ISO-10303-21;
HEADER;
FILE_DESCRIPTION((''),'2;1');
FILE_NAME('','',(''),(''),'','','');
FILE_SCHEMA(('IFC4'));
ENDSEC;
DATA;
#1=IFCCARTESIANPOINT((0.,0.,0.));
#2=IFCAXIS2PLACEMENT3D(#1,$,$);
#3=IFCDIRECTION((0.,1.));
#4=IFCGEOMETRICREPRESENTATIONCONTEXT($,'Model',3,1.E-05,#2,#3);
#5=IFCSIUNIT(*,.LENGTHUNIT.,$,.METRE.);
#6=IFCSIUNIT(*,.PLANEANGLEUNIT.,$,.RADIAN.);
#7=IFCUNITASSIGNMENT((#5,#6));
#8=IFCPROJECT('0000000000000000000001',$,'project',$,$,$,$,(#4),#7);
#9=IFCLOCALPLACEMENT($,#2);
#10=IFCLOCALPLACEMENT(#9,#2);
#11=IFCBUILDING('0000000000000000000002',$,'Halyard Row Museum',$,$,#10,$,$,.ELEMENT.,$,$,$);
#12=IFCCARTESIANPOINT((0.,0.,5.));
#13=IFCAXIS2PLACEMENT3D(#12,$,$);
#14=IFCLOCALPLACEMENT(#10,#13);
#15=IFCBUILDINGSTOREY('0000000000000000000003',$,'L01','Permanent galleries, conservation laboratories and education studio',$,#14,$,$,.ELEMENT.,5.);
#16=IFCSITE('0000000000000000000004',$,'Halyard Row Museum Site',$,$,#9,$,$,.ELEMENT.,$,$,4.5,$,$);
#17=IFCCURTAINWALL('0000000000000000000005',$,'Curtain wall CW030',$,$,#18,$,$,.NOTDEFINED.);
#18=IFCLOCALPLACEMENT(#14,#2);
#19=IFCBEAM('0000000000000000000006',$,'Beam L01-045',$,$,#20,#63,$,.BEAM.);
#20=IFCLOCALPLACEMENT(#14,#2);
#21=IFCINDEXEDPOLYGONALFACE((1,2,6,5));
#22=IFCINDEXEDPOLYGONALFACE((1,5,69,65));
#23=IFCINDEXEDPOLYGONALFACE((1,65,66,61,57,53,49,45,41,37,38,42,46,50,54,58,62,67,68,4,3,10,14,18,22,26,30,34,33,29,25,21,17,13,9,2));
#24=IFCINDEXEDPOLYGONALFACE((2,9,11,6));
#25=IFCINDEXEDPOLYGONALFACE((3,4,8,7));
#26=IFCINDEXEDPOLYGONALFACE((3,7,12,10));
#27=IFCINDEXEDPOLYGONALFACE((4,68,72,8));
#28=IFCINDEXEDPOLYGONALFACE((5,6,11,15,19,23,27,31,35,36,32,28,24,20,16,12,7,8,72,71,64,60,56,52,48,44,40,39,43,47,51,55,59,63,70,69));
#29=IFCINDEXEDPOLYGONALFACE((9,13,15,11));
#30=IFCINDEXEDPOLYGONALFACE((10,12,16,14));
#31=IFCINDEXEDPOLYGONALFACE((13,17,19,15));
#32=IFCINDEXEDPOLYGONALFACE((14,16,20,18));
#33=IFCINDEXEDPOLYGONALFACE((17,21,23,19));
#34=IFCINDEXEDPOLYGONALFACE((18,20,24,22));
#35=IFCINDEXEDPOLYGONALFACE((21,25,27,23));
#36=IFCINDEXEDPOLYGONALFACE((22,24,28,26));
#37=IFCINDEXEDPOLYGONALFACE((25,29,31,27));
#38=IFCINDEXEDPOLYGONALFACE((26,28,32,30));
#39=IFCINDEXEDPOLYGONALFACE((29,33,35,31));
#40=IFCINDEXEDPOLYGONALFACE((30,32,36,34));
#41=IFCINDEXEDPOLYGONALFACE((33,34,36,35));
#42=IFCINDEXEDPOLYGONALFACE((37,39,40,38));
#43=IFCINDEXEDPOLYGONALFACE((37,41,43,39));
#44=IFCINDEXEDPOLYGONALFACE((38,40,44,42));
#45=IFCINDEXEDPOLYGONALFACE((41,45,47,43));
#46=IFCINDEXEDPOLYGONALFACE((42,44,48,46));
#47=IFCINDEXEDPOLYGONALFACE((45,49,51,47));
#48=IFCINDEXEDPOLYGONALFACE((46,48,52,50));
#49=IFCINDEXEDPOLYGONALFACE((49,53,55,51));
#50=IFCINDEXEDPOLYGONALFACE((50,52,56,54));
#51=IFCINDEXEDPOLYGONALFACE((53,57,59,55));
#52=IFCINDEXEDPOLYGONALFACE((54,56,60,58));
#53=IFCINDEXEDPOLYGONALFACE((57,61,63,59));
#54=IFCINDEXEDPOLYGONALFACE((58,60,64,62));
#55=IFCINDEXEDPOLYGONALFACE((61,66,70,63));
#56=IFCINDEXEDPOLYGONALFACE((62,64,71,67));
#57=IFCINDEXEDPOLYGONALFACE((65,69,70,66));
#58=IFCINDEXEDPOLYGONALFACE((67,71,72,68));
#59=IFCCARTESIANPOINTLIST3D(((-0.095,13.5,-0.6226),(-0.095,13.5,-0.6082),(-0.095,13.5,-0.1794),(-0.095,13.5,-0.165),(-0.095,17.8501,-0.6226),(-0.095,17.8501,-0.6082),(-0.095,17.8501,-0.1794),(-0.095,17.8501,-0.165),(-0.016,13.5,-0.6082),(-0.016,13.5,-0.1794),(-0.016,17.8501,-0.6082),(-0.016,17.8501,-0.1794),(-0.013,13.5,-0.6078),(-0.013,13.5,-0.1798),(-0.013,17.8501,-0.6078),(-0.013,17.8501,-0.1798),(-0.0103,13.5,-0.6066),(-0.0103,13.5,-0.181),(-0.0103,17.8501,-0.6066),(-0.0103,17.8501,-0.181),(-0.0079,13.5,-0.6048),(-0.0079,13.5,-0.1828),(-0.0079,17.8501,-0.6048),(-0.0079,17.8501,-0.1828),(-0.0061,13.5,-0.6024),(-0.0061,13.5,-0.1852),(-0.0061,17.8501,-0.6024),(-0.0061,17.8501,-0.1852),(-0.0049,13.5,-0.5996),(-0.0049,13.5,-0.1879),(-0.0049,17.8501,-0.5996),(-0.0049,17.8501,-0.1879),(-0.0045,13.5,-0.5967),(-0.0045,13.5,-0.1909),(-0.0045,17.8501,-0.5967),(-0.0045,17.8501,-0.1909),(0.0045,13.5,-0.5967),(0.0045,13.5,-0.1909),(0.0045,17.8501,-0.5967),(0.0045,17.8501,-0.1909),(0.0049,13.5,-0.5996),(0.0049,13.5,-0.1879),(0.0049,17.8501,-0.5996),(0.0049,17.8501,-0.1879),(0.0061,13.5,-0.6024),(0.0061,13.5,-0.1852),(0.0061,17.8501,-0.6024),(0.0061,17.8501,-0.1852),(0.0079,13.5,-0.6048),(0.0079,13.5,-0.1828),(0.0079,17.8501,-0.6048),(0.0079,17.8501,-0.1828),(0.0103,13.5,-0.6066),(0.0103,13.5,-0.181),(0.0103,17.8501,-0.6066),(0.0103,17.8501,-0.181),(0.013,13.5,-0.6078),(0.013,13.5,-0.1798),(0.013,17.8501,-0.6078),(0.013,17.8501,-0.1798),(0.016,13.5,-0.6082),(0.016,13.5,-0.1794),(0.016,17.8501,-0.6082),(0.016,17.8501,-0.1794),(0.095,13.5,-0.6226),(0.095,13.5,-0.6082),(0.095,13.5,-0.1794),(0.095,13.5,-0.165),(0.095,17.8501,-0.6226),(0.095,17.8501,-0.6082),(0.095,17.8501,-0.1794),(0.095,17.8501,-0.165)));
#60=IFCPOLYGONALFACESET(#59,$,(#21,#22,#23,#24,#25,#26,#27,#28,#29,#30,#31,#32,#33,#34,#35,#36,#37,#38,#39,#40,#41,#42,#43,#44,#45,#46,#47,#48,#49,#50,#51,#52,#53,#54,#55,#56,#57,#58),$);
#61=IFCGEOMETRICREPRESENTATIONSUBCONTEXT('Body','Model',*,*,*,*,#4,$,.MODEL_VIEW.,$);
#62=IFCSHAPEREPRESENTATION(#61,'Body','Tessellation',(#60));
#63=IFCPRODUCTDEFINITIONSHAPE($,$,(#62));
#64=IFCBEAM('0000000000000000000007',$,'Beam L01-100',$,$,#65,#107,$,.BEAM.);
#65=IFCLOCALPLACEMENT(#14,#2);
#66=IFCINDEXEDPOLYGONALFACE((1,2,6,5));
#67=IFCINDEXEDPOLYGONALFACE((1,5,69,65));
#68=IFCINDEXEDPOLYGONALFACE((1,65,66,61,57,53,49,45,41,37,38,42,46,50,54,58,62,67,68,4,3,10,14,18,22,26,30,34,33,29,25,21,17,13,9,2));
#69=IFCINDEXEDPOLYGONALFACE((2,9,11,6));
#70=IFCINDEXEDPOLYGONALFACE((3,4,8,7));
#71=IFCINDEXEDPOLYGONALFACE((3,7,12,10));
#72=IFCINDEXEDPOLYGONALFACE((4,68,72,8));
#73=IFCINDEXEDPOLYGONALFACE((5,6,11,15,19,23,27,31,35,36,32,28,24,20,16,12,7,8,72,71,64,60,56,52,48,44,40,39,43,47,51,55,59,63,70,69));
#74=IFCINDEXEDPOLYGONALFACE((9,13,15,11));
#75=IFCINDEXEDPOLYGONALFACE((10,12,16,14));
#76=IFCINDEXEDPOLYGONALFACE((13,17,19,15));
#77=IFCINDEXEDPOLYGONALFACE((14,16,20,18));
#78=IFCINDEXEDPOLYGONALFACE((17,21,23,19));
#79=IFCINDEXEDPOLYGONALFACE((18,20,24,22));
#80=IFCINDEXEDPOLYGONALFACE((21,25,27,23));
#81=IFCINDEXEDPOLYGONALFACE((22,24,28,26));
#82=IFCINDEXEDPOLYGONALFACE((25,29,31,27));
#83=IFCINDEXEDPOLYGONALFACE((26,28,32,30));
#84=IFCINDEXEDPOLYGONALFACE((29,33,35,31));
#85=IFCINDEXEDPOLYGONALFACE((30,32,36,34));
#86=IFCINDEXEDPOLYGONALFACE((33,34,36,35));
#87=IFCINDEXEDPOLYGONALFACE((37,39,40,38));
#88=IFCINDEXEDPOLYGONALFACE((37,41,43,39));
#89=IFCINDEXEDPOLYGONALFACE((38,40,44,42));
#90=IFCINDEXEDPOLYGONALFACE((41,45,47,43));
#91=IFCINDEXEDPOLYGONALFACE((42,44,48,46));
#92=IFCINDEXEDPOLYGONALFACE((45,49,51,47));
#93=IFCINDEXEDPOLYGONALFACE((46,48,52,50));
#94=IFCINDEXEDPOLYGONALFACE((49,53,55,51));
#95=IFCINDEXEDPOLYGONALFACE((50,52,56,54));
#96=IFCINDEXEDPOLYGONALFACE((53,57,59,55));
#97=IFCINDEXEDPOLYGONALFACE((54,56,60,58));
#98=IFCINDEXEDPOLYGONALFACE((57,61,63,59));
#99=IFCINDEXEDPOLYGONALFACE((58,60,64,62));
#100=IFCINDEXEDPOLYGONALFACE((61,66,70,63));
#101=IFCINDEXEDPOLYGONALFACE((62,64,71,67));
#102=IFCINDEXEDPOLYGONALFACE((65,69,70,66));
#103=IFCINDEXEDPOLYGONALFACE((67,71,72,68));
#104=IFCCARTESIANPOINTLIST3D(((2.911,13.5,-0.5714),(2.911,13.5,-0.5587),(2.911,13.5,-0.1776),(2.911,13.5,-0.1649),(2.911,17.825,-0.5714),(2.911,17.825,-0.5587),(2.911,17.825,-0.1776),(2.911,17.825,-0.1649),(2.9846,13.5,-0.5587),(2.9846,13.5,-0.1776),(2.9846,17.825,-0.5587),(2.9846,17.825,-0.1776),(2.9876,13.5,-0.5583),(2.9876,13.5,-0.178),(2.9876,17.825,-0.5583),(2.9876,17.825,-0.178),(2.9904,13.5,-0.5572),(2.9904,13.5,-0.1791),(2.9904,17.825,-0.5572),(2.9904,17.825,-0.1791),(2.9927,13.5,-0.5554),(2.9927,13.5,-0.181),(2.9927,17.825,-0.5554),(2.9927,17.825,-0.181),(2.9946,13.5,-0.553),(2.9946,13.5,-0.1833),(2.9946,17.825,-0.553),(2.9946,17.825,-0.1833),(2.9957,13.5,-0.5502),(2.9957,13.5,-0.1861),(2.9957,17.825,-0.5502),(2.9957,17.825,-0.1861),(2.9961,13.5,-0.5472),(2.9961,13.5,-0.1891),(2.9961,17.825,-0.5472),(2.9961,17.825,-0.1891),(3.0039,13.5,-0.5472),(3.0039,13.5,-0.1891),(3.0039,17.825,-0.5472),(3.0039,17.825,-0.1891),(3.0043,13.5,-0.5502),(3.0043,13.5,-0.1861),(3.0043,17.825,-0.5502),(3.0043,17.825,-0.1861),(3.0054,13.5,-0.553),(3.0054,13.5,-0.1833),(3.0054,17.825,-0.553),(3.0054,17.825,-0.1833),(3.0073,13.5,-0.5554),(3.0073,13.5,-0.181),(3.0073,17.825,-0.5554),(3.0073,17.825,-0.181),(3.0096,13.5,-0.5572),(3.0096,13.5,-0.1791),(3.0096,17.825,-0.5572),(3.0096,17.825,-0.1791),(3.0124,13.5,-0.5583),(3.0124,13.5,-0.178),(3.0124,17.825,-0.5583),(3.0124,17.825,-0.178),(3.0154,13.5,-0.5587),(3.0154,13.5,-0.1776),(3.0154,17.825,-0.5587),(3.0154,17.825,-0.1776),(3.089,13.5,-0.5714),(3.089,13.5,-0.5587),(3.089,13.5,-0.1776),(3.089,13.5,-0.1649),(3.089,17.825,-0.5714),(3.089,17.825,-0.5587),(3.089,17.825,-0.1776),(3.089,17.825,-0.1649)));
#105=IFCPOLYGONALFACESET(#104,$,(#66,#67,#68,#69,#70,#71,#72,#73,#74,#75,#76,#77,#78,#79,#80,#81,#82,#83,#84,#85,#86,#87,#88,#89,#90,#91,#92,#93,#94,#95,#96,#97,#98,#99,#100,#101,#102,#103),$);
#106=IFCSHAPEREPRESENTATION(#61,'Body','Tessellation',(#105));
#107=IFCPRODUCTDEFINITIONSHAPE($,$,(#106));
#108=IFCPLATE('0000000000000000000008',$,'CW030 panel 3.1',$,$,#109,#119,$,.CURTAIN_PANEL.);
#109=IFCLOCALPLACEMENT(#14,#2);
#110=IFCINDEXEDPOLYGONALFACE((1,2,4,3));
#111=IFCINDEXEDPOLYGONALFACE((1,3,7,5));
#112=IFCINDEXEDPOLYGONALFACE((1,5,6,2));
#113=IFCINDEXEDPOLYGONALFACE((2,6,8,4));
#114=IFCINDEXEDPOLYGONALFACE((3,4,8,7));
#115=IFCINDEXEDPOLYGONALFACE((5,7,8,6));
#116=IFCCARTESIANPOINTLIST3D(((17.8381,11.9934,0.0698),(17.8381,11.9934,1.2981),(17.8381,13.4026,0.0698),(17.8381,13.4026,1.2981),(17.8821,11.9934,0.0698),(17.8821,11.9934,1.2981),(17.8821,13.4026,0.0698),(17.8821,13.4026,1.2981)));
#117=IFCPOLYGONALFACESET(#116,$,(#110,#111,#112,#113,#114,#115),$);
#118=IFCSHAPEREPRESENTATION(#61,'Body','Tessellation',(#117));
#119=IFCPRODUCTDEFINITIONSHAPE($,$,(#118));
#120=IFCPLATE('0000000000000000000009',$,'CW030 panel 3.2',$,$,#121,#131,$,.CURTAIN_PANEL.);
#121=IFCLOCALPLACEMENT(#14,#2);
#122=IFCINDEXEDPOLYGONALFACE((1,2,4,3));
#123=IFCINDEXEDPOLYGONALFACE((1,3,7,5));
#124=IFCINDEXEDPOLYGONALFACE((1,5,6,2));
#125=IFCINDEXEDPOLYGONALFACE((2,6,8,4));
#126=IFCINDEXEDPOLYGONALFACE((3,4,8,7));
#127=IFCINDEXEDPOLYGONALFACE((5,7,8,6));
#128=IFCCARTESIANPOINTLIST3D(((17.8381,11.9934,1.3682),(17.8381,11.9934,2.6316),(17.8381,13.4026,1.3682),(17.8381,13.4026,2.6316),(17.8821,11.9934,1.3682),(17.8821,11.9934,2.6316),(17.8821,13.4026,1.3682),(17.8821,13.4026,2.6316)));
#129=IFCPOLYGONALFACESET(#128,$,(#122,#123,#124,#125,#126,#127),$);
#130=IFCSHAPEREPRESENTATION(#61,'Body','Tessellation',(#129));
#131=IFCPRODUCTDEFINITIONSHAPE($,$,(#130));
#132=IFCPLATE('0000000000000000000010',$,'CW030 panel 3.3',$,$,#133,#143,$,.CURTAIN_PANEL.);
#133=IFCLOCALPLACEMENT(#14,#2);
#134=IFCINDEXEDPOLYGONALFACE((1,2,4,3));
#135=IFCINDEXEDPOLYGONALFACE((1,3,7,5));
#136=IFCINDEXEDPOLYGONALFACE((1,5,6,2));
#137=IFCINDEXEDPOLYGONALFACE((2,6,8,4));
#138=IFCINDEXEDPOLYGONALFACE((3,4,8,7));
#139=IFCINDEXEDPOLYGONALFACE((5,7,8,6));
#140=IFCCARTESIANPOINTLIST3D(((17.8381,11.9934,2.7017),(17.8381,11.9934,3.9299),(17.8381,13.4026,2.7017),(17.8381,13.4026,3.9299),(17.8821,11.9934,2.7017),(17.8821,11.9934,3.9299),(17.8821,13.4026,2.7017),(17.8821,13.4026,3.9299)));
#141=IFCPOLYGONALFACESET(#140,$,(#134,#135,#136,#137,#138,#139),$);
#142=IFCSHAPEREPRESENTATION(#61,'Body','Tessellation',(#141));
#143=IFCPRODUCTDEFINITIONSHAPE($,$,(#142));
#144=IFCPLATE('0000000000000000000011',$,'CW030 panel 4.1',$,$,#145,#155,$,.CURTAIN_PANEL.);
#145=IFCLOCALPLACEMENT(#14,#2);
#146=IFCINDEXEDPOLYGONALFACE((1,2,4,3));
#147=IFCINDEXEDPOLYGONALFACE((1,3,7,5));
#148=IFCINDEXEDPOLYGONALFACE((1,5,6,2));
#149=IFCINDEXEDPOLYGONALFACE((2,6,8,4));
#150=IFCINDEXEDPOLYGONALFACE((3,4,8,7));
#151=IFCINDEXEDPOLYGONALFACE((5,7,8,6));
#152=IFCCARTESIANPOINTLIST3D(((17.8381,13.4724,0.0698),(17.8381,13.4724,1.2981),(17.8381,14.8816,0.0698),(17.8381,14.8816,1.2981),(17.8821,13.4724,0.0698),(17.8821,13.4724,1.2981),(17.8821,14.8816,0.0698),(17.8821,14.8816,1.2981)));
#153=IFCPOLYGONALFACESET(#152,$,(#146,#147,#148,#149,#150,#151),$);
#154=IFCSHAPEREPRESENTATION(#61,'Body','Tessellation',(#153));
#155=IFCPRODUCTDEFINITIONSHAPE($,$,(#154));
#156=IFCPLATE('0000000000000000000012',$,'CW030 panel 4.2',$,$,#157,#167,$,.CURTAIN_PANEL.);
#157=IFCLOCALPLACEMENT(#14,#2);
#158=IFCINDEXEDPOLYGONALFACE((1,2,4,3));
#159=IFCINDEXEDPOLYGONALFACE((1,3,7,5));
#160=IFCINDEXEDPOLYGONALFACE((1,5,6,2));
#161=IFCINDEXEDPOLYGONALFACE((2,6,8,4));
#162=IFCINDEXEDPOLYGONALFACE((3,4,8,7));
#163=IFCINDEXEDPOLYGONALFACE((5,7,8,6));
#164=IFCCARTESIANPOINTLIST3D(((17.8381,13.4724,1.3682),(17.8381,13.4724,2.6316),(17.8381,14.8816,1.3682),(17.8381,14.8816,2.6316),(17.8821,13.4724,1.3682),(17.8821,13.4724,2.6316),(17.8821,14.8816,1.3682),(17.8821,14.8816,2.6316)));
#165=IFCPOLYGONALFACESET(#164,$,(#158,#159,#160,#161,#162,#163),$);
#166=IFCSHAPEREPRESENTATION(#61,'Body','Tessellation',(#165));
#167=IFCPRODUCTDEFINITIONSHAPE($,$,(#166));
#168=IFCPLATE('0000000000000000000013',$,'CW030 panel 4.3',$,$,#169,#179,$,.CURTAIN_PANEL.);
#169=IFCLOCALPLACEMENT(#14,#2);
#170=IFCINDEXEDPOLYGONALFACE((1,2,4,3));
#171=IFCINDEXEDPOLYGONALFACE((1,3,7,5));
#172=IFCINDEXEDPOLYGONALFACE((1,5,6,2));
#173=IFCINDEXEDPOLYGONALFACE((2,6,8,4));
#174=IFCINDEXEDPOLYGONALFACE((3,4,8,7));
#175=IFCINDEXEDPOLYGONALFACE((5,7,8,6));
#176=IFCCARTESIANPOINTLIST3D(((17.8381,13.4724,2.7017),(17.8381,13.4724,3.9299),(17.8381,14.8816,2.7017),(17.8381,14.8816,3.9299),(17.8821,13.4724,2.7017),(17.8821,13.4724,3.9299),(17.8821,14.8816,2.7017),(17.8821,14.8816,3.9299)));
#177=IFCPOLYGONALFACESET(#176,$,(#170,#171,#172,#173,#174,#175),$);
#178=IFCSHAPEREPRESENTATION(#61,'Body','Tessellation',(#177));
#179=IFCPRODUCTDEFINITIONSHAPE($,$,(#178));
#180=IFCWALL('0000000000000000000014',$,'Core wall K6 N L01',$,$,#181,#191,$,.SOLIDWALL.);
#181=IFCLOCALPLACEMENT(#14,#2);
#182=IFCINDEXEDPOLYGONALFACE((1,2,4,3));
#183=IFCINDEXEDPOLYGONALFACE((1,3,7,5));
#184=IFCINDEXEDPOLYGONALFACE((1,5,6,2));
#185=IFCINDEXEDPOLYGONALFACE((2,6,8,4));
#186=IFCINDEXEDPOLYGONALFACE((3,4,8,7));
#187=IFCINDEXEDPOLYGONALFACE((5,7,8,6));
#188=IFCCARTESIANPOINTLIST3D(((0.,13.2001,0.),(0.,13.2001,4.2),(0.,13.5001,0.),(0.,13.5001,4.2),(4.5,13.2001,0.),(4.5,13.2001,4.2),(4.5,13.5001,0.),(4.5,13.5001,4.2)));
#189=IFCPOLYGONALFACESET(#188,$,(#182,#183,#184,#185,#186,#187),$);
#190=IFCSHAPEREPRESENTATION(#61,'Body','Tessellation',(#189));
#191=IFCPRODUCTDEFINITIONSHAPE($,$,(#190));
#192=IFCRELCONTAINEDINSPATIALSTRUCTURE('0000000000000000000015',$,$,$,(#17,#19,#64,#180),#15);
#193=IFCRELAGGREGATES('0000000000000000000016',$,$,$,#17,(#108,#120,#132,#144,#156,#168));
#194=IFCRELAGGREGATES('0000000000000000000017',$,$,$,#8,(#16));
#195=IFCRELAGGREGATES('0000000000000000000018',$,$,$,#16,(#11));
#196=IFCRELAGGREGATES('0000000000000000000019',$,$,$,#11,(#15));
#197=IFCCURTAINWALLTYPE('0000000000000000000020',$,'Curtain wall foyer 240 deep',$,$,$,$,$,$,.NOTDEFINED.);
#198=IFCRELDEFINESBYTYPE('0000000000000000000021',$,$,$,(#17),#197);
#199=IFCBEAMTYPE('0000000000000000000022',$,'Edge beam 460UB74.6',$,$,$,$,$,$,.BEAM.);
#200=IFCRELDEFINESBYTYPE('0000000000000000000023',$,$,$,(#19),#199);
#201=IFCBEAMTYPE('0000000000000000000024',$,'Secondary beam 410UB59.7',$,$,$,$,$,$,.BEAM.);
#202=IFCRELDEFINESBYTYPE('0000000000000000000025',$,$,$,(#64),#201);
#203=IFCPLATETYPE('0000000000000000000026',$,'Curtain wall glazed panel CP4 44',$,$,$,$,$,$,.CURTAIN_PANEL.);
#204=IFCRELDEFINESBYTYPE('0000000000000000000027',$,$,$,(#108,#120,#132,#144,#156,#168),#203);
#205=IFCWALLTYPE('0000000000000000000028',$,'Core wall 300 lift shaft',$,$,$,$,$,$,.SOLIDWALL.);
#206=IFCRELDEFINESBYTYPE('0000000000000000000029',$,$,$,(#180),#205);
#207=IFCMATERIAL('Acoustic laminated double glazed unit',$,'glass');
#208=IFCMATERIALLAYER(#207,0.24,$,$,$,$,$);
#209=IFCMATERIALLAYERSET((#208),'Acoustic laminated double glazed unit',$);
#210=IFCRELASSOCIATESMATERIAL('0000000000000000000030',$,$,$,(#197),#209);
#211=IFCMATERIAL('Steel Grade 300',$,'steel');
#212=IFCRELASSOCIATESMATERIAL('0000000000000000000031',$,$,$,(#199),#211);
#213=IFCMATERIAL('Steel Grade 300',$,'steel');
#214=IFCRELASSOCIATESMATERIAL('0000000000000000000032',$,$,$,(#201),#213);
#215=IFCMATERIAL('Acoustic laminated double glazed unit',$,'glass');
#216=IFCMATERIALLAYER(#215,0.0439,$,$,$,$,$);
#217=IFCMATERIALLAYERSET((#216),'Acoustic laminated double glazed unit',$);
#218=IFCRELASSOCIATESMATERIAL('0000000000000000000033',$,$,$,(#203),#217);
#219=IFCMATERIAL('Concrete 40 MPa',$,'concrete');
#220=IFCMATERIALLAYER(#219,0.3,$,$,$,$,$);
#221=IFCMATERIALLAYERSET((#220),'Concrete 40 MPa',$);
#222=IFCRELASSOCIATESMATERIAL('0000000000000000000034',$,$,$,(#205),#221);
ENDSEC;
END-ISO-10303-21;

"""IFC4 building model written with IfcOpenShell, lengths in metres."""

from ifc_helpers import new_model, si_unit, direction, frame, frame_2d, origin, origin_2d, place, context, subcontext, project, spatial, rectangle, i_section, extrude, material, layer, layer_set, material_profile, profile_set, type_object, element, aggregate, save


model = new_model("IFC4")

# Units and contexts
model_context = context("Model", 3, precision=1e-05, world=origin(), true_north=direction((0.0, 1.0)))
body_context = subcontext(model_context, "Body", "Model", "MODEL_VIEW")
ifc_project = project(units=[si_unit("LENGTHUNIT", "METRE"), si_unit("PLANEANGLEUNIT", "RADIAN")], contexts=[model_context])

# Site, building, storey
site_placement = place(None, origin())
site = spatial("IfcSite", under=ifc_project, at=site_placement, Name="Halyard Row Museum Site", CompositionType="ELEMENT", RefElevation=4.5)
building_placement = place(site_placement, origin())
building = spatial("IfcBuilding", under=site, at=building_placement, Name="Halyard Row Museum", CompositionType="ELEMENT")
storey_placement = place(building_placement, frame((0.0, 0.0, 5.0)))
storey = spatial("IfcBuildingStorey", under=building, at=storey_placement, Name="L01", Description="Permanent galleries, conservation laboratories and education studio", CompositionType="ELEMENT", Elevation=5.0)

# Curtain wall
ifc_material_1 = material(Name="Acoustic laminated double glazed unit", Category="glass")
ifc_layer_1 = layer(ifc_material_1, 0.24)
ifc_layer_set_1 = layer_set([ifc_layer_1], Name="Acoustic laminated double glazed unit")
curtain_wall_type = type_object("IfcCurtainWallType", Name="Curtain wall foyer 240 deep", PredefinedType="NOTDEFINED", material=ifc_layer_set_1)
curtain_wall_placement = place(storey_placement, origin())
curtain_wall = element("IfcCurtainWall", 1, at=curtain_wall_placement, inside=storey, type_object=curtain_wall_type, Name="Curtain wall CW030", PredefinedType="NOTDEFINED")

# Beams
ifc_material_2 = material(Name="Steel Grade 300", Category="steel")
ifc_material_profile_1 = material_profile(ifc_material_2, i_section(OverallWidth=0.1899, OverallDepth=0.4575, WebThickness=0.009, FlangeThickness=0.0144, FilletRadius=0.0115, at=origin_2d()), Name="460UB74.6")
ifc_profile_set_1 = profile_set([ifc_material_profile_1], Name="Steel Grade 300")
beam_type_1 = type_object("IfcBeamType", Name="Edge beam 460UB74.6", PredefinedType="BEAM", material=ifc_profile_set_1)
beam_1_placement = place(storey_placement, frame((0.0, 13.5, -0.3938), z_axis=(0.0, 1.0, 0.0), x_axis=(-1.0, 0.0, 0.0)))
element("IfcBeam", 2, at=beam_1_placement, inside=storey, type_object=beam_type_1, Name="Beam L01-045", PredefinedType="BEAM", context=body_context, shape_type="SweptSolid", body=[
    extrude(i_section(OverallWidth=0.1899, OverallDepth=0.4575, WebThickness=0.009, FlangeThickness=0.0144, FilletRadius=0.0115, at=origin_2d()), origin(), (0.0, 0.0, 1.0), 4.3501),
])
ifc_material_3 = material(Name="Steel Grade 300", Category="steel")
ifc_material_profile_2 = material_profile(ifc_material_3, i_section(OverallWidth=0.178, OverallDepth=0.4065, WebThickness=0.0078, FlangeThickness=0.0127, FilletRadius=0.0115, at=origin_2d()), Name="410UB59.7")
ifc_profile_set_2 = profile_set([ifc_material_profile_2], Name="Steel Grade 300")
beam_type_2 = type_object("IfcBeamType", Name="Secondary beam 410UB59.7", PredefinedType="BEAM", material=ifc_profile_set_2)
beam_2_placement = place(storey_placement, frame((3.0, 13.5, -0.3682), z_axis=(0.0, 1.0, 0.0), x_axis=(-1.0, 0.0, 0.0)))
element("IfcBeam", 3, at=beam_2_placement, inside=storey, type_object=beam_type_2, Name="Beam L01-100", PredefinedType="BEAM", context=body_context, shape_type="SweptSolid", body=[
    extrude(i_section(OverallWidth=0.178, OverallDepth=0.4065, WebThickness=0.0078, FlangeThickness=0.0127, FilletRadius=0.0115, at=origin_2d()), origin(), (0.0, 0.0, 1.0), 4.325),
])

# Plates
ifc_material_4 = material(Name="Acoustic laminated double glazed unit", Category="glass")
ifc_layer_2 = layer(ifc_material_4, 0.0439)
ifc_layer_set_2 = layer_set([ifc_layer_2], Name="Acoustic laminated double glazed unit")
plate_type = type_object("IfcPlateType", Name="Curtain wall glazed panel CP4 44", PredefinedType="CURTAIN_PANEL", material=ifc_layer_set_2)
plate_1_placement = place(storey_placement, frame((17.8601, 12.698, 0.0698), z_axis=(0.0, 0.0, 1.0), x_axis=(0.0, 1.0, 0.0)))
plate_1 = element("IfcPlate", 4, at=plate_1_placement, type_object=plate_type, Name="CW030 panel 3.1", PredefinedType="CURTAIN_PANEL", context=body_context, shape_type="SweptSolid", body=[
    extrude(rectangle(XDim=1.4092, YDim=0.0439, at=origin_2d()), origin(), (0.0, 0.0, 1.0), 1.2283),
])
plate_2_placement = place(storey_placement, frame((17.8601, 12.698, 1.3682), z_axis=(0.0, 0.0, 1.0), x_axis=(0.0, 1.0, 0.0)))
plate_2 = element("IfcPlate", 5, at=plate_2_placement, type_object=plate_type, Name="CW030 panel 3.2", PredefinedType="CURTAIN_PANEL", context=body_context, shape_type="SweptSolid", body=[
    extrude(rectangle(XDim=1.4092, YDim=0.0439, at=origin_2d()), origin(), (0.0, 0.0, 1.0), 1.2634),
])
plate_3_placement = place(storey_placement, frame((17.8601, 12.698, 2.7017), z_axis=(0.0, 0.0, 1.0), x_axis=(0.0, 1.0, 0.0)))
plate_3 = element("IfcPlate", 6, at=plate_3_placement, type_object=plate_type, Name="CW030 panel 3.3", PredefinedType="CURTAIN_PANEL", context=body_context, shape_type="SweptSolid", body=[
    extrude(rectangle(XDim=1.4092, YDim=0.0439, at=origin_2d()), origin(), (0.0, 0.0, 1.0), 1.2283),
])
plate_4_placement = place(storey_placement, frame((17.8601, 14.177, 0.0698), z_axis=(0.0, 0.0, 1.0), x_axis=(0.0, 1.0, 0.0)))
plate_4 = element("IfcPlate", 7, at=plate_4_placement, type_object=plate_type, Name="CW030 panel 4.1", PredefinedType="CURTAIN_PANEL", context=body_context, shape_type="SweptSolid", body=[
    extrude(rectangle(XDim=1.4092, YDim=0.0439, at=origin_2d()), origin(), (0.0, 0.0, 1.0), 1.2283),
])
plate_5_placement = place(storey_placement, frame((17.8601, 14.177, 1.3682), z_axis=(0.0, 0.0, 1.0), x_axis=(0.0, 1.0, 0.0)))
plate_5 = element("IfcPlate", 8, at=plate_5_placement, type_object=plate_type, Name="CW030 panel 4.2", PredefinedType="CURTAIN_PANEL", context=body_context, shape_type="SweptSolid", body=[
    extrude(rectangle(XDim=1.4092, YDim=0.0439, at=origin_2d()), origin(), (0.0, 0.0, 1.0), 1.2634),
])
plate_6_placement = place(storey_placement, frame((17.8601, 14.177, 2.7017), z_axis=(0.0, 0.0, 1.0), x_axis=(0.0, 1.0, 0.0)))
plate_6 = element("IfcPlate", 9, at=plate_6_placement, type_object=plate_type, Name="CW030 panel 4.3", PredefinedType="CURTAIN_PANEL", context=body_context, shape_type="SweptSolid", body=[
    extrude(rectangle(XDim=1.4092, YDim=0.0439, at=origin_2d()), origin(), (0.0, 0.0, 1.0), 1.2283),
])
aggregate(curtain_wall, [plate_1, plate_2, plate_3, plate_4, plate_5, plate_6])

# Wall
ifc_material_5 = material(Name="Concrete 40 MPa", Category="concrete")
ifc_layer_3 = layer(ifc_material_5, 0.3)
ifc_layer_set_3 = layer_set([ifc_layer_3], Name="Concrete 40 MPa")
wall_type_1 = type_object("IfcWallType", Name="Core wall 300 lift shaft", PredefinedType="SOLIDWALL", material=ifc_layer_set_3)
wall_1_placement = place(storey_placement, frame((0.0, 13.3501, 0.0), z_axis=(0.0, 0.0, 1.0), x_axis=(1.0, 0.0, 0.0)))
element("IfcWall", 10, at=wall_1_placement, inside=storey, type_object=wall_type_1, Name="Core wall K6 N L01", PredefinedType="SOLIDWALL", context=body_context, shape_type="SweptSolid", body=[
    extrude(rectangle(XDim=4.5, YDim=0.3, at=frame_2d((2.25, 0.0))), origin(), (0.0, 0.0, 1.0), 4.2),
])

save(model, "model.ifc")
